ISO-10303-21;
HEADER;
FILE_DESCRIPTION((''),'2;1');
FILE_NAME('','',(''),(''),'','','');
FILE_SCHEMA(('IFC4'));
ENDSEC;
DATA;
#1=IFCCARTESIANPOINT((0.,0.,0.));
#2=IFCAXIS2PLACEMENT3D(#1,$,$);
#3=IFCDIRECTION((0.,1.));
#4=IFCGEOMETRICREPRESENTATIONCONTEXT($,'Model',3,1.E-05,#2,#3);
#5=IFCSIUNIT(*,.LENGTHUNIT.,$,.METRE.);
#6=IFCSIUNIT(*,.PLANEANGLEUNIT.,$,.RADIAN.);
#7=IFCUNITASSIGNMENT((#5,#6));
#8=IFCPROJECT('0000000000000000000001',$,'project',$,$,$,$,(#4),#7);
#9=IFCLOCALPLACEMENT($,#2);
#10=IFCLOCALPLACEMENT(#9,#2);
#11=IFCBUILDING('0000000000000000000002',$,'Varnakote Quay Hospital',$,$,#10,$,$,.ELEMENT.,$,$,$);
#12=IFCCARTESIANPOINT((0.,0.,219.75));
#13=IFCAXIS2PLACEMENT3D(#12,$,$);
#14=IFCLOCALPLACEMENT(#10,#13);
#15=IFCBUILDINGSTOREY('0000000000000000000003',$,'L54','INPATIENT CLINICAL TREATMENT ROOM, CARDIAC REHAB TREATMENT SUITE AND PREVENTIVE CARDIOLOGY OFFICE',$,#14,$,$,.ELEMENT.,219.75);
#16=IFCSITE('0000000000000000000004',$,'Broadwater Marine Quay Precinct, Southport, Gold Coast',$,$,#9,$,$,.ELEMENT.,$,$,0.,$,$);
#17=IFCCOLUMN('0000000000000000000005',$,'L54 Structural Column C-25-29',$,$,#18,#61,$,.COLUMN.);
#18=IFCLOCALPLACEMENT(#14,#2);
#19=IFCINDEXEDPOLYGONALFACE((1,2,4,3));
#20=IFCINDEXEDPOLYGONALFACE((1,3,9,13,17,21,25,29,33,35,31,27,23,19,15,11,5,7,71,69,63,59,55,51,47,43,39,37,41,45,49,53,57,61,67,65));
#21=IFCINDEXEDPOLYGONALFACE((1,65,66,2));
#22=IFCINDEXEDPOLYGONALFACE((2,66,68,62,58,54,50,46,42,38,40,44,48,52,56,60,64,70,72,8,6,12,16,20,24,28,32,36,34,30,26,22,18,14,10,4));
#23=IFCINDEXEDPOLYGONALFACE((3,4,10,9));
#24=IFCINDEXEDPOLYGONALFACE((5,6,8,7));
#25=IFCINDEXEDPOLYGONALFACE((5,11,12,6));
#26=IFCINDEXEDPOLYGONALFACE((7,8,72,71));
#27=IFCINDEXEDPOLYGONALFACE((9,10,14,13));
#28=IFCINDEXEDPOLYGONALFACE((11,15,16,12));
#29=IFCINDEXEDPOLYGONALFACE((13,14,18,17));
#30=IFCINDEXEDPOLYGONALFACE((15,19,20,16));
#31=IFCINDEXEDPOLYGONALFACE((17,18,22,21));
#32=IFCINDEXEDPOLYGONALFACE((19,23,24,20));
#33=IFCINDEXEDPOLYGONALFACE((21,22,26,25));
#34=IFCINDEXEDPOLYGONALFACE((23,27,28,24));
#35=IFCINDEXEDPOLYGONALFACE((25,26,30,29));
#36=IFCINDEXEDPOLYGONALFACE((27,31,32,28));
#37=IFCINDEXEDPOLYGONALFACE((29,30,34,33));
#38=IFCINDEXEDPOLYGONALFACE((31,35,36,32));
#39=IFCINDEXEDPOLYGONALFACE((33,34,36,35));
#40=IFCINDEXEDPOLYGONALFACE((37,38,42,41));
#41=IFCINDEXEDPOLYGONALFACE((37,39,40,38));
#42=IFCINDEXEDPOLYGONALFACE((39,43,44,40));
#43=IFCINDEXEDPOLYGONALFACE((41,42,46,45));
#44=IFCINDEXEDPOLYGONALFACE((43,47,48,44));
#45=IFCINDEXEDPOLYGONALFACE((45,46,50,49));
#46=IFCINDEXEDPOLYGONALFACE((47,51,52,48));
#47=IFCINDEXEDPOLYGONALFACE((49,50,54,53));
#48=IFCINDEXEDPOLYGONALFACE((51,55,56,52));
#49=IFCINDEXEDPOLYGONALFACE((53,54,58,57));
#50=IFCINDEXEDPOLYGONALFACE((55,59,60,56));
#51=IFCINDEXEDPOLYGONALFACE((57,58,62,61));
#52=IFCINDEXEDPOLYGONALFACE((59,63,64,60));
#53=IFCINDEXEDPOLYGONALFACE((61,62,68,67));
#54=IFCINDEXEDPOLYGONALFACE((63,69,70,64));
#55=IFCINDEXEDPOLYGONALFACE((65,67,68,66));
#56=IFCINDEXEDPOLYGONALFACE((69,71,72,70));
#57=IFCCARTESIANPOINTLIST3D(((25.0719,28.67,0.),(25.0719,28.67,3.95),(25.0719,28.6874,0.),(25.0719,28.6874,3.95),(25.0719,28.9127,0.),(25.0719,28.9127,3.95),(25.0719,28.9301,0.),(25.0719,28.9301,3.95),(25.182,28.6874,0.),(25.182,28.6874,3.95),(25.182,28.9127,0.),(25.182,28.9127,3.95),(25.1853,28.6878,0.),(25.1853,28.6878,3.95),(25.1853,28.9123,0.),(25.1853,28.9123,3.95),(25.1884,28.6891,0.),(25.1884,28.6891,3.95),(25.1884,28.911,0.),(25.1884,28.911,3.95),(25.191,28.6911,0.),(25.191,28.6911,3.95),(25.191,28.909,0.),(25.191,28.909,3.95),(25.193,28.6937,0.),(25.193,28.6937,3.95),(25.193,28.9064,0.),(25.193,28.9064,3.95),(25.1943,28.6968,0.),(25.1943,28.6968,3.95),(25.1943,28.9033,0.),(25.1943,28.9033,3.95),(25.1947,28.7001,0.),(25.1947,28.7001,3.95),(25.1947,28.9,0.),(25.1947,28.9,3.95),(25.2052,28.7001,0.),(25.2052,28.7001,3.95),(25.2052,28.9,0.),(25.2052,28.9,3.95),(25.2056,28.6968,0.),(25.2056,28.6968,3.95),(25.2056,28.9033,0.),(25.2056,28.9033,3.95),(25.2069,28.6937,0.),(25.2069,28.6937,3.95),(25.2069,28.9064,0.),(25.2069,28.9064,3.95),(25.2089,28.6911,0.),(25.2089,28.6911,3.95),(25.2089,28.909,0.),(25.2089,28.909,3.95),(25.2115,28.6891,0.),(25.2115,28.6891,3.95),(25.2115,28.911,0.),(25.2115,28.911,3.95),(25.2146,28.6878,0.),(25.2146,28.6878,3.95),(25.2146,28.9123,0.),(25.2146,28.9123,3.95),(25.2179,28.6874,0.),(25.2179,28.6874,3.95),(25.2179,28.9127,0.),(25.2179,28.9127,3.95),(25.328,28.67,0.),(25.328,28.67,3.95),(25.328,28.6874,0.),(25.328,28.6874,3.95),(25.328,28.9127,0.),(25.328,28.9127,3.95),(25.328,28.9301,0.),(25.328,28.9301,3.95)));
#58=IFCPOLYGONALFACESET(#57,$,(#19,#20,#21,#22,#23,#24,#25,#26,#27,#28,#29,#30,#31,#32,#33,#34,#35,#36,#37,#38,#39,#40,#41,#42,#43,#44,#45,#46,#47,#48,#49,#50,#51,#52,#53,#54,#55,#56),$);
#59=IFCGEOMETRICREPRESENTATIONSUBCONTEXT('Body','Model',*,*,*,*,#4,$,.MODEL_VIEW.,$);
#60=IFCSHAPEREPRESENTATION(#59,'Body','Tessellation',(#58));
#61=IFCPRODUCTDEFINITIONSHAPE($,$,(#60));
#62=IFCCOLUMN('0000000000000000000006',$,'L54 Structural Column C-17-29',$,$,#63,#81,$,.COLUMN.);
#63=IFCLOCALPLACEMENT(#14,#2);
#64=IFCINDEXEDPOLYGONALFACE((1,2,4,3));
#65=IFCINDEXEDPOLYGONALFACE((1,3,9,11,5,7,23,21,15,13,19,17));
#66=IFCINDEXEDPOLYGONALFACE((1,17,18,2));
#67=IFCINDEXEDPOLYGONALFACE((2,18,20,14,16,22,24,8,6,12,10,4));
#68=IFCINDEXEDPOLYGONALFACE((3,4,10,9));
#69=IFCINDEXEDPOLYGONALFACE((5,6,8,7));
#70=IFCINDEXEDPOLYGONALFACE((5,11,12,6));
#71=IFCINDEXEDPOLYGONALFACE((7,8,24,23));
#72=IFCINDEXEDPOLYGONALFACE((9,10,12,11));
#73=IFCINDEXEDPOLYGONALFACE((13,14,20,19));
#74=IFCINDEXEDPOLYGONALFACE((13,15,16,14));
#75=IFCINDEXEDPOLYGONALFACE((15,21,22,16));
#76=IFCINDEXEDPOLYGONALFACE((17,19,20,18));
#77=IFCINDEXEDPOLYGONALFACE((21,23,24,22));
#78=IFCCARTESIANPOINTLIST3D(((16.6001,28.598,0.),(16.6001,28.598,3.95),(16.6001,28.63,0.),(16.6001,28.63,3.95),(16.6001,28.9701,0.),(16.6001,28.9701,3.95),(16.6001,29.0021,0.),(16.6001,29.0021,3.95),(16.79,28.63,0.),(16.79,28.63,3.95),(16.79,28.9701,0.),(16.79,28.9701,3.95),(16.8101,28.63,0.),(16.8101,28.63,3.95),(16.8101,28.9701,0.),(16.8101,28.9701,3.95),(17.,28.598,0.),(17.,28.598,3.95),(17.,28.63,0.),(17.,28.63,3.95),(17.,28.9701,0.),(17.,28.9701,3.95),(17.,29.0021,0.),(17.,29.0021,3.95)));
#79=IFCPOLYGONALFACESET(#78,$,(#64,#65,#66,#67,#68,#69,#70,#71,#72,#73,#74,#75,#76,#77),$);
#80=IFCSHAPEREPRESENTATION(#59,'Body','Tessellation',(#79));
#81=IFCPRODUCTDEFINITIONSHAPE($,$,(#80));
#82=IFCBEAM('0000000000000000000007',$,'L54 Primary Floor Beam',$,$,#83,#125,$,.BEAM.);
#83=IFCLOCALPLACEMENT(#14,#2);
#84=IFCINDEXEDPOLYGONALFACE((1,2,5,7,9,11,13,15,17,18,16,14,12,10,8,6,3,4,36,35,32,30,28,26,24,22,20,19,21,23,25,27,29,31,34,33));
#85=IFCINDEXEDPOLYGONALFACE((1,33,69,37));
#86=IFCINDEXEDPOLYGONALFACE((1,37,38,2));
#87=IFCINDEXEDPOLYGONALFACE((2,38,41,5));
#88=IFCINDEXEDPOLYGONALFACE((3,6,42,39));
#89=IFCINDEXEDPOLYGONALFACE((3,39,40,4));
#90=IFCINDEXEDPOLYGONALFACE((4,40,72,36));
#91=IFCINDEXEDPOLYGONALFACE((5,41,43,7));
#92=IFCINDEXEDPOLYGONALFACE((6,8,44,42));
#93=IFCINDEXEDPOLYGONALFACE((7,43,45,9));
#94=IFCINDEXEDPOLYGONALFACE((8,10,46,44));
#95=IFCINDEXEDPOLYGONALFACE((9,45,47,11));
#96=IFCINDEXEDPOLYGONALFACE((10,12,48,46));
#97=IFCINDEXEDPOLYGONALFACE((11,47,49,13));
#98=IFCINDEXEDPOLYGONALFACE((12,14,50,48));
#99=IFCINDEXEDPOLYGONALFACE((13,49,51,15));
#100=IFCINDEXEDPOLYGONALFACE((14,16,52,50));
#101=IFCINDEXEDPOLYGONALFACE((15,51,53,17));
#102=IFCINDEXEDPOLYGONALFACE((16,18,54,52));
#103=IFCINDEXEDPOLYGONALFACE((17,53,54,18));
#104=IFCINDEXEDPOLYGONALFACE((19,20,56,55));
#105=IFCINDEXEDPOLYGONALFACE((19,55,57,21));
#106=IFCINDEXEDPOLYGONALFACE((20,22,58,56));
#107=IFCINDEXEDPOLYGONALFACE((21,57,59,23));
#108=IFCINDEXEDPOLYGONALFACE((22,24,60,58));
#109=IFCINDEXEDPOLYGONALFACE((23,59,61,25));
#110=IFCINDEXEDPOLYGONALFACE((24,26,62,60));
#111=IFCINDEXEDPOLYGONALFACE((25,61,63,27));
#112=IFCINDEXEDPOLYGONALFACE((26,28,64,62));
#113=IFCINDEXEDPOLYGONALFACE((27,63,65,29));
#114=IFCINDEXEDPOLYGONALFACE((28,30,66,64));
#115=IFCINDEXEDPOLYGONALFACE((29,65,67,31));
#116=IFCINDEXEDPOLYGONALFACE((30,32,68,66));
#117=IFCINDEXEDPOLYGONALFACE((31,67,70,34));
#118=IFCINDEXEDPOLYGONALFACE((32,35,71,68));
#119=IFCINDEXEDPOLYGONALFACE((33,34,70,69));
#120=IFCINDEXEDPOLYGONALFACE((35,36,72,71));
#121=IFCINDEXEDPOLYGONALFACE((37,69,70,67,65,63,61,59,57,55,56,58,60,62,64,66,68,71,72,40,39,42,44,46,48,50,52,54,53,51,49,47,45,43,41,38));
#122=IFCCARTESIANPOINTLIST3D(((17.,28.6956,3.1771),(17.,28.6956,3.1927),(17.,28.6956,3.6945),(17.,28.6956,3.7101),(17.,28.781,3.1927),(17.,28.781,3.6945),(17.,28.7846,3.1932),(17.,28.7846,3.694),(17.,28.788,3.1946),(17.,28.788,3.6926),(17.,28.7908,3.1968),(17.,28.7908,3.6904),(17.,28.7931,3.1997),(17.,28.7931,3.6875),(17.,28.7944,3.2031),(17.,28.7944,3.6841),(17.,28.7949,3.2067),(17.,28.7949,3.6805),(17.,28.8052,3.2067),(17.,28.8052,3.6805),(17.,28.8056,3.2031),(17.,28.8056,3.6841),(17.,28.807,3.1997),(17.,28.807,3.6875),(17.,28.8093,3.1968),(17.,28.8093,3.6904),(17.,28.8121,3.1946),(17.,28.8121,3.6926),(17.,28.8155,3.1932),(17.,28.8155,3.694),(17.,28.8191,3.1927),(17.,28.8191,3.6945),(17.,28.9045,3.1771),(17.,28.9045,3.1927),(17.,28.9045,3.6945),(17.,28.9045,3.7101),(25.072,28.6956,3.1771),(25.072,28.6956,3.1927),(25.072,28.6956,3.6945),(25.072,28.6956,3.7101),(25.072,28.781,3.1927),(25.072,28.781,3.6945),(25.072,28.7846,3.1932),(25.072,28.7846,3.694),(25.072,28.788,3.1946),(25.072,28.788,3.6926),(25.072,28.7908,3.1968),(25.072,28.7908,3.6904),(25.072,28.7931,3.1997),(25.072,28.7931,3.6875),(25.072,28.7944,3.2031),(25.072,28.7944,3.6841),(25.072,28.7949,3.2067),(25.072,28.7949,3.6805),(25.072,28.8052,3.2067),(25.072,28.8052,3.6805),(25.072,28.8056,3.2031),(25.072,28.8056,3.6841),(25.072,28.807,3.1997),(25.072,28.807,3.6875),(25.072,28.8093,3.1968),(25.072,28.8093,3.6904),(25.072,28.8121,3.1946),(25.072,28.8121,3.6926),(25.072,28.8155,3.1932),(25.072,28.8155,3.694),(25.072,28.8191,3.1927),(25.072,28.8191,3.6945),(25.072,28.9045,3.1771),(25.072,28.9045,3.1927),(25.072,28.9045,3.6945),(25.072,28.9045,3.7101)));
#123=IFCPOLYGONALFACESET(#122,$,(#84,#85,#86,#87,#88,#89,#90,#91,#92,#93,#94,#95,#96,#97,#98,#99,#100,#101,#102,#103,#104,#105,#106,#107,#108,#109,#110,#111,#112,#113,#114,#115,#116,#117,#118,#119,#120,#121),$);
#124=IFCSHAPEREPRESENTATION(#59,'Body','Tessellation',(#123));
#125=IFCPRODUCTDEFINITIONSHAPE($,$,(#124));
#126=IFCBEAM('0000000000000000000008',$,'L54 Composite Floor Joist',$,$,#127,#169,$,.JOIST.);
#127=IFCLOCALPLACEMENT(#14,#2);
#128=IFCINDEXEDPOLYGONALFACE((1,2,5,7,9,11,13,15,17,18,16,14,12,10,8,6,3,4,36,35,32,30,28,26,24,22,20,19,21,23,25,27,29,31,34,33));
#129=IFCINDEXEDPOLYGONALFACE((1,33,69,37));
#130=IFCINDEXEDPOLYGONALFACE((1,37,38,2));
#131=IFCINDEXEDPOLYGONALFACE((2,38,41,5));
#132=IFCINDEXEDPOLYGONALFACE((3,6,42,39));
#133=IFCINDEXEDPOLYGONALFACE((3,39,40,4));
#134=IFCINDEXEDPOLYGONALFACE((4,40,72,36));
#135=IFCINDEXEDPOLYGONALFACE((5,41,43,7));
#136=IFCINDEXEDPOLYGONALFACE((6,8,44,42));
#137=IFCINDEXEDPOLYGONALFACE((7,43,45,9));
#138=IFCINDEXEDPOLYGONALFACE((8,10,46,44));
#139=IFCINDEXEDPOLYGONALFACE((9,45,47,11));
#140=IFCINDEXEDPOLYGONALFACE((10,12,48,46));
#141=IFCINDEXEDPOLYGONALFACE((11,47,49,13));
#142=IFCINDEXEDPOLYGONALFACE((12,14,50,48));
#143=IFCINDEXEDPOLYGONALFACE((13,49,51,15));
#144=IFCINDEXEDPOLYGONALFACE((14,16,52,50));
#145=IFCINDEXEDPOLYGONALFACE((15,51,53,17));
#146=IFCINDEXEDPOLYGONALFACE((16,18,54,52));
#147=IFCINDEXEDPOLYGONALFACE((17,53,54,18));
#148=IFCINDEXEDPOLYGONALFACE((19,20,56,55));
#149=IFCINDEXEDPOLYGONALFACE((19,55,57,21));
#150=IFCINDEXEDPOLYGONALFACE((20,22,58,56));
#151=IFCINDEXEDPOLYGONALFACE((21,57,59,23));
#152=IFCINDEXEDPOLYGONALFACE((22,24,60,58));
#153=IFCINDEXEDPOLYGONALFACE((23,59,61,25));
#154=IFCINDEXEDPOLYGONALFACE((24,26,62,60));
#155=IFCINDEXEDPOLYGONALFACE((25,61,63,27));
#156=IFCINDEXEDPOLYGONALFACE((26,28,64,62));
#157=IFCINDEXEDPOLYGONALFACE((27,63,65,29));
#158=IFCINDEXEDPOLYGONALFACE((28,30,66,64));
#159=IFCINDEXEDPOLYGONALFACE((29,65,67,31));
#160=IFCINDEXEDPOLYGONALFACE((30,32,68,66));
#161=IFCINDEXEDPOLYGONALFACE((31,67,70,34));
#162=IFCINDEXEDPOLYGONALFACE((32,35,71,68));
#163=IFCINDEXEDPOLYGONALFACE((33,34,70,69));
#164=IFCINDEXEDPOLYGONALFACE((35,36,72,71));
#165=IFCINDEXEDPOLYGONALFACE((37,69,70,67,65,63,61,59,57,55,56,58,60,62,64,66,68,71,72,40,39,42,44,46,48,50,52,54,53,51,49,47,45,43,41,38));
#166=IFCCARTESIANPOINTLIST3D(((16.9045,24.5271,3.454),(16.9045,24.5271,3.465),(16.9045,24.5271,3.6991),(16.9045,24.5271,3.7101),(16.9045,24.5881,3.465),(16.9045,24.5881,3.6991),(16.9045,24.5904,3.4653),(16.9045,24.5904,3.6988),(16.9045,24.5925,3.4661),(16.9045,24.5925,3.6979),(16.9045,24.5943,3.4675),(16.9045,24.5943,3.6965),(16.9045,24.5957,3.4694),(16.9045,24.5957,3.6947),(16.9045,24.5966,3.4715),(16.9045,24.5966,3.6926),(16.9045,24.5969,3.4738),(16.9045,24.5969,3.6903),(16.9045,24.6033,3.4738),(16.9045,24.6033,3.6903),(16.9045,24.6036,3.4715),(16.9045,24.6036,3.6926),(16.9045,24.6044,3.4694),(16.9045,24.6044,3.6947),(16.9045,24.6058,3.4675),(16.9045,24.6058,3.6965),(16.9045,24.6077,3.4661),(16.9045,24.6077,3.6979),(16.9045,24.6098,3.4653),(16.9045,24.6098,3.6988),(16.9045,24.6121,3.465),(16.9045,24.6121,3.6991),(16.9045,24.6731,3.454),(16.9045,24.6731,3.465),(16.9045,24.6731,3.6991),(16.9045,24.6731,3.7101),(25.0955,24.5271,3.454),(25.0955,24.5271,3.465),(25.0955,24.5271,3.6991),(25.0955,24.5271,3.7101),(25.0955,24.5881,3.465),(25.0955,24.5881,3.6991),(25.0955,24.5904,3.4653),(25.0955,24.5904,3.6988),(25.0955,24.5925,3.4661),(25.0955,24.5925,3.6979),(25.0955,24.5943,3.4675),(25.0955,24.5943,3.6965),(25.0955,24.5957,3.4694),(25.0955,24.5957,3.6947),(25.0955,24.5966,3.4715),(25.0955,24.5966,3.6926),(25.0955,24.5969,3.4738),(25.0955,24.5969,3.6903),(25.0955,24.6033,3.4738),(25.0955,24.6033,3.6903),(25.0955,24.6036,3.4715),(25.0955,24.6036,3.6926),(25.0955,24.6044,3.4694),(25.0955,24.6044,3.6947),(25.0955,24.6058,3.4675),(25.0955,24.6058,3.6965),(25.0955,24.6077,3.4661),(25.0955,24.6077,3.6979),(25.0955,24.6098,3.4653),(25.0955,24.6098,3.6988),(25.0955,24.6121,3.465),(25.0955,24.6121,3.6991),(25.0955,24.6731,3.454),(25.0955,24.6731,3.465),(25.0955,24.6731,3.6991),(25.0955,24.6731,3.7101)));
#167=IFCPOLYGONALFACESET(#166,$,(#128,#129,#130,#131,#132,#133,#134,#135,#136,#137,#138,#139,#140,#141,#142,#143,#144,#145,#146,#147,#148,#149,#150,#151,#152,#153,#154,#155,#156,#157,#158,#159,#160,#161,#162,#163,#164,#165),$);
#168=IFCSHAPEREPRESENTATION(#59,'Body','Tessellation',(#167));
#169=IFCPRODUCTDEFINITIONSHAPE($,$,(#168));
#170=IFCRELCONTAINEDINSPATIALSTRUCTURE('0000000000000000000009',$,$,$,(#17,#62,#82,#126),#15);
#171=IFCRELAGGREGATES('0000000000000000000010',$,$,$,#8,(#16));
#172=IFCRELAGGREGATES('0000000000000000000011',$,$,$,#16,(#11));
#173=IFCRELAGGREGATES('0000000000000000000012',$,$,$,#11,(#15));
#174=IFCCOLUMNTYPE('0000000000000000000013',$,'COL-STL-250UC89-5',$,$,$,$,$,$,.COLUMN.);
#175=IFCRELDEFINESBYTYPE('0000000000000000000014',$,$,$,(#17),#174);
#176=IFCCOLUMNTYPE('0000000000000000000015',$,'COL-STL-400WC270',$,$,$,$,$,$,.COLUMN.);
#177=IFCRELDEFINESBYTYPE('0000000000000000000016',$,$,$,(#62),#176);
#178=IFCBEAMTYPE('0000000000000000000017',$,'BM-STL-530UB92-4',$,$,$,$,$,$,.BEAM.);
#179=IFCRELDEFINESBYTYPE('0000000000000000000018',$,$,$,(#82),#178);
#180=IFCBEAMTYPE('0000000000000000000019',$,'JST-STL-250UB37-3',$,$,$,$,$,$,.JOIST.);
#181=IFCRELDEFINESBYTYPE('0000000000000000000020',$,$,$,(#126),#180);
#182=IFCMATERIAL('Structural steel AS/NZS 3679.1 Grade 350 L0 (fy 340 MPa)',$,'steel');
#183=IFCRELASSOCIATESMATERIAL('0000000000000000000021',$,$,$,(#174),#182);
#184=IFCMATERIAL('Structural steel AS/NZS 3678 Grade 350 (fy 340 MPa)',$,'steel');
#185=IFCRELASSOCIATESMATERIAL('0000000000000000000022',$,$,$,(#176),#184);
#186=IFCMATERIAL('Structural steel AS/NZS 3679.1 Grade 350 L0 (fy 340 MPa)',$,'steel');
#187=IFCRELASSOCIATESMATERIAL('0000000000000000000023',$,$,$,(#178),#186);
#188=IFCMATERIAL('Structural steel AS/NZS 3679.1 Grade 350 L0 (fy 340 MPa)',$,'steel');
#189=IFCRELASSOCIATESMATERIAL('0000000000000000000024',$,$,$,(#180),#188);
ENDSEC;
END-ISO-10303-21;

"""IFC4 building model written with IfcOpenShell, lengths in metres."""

from ifc_helpers import new_model, si_unit, direction, frame, origin, origin_2d, place, context, subcontext, project, spatial, i_section, extrude, material, material_profile, profile_set, type_object, element, save


model = new_model("IFC4")

# Units and contexts
model_context = context("Model", 3, precision=1e-05, world=origin(), true_north=direction((0.0, 1.0)))
body_context = subcontext(model_context, "Body", "Model", "MODEL_VIEW")
ifc_project = project(units=[si_unit("LENGTHUNIT", "METRE"), si_unit("PLANEANGLEUNIT", "RADIAN")], contexts=[model_context])

# Site, building, storey
site_placement = place(None, origin())
site = spatial("IfcSite", under=ifc_project, at=site_placement, Name="Broadwater Marine Quay Precinct, Southport, Gold Coast", CompositionType="ELEMENT", RefElevation=0.0)
building_placement = place(site_placement, origin())
building = spatial("IfcBuilding", under=site, at=building_placement, Name="Varnakote Quay Hospital", CompositionType="ELEMENT")
storey_placement = place(building_placement, frame((0.0, 0.0, 219.75)))
storey = spatial("IfcBuildingStorey", under=building, at=storey_placement, Name="L54", Description="INPATIENT CLINICAL TREATMENT ROOM, CARDIAC REHAB TREATMENT SUITE AND PREVENTIVE CARDIOLOGY OFFICE", CompositionType="ELEMENT", Elevation=219.75)

# Columns
ifc_material_1 = material(Name="Structural steel AS/NZS 3679.1 Grade 350 L0 (fy 340 MPa)", Category="steel")
ifc_material_profile_1 = material_profile(ifc_material_1, i_section(OverallWidth=0.2561, OverallDepth=0.26, WebThickness=0.0105, FlangeThickness=0.0173, FilletRadius=0.0127, at=origin_2d()), Name="250UC89.5")
ifc_profile_set_1 = profile_set([ifc_material_profile_1], Name="Structural steel AS/NZS 3679.1 Grade 350 L0 (fy 340 MPa)")
column_type_1 = type_object("IfcColumnType", Name="COL-STL-250UC89-5", PredefinedType="COLUMN", material=ifc_profile_set_1)
column_1_placement = place(storey_placement, frame((25.2, 28.8, 0.0), z_axis=(0.0, 0.0, 1.0), x_axis=(1.0, 0.0, 0.0)))
element("IfcColumn", 1, at=column_1_placement, inside=storey, type_object=column_type_1, Name="L54 Structural Column C-25-29", PredefinedType="COLUMN", context=body_context, shape_type="SweptSolid", body=[
    extrude(i_section(OverallWidth=0.2561, OverallDepth=0.26, WebThickness=0.0105, FlangeThickness=0.0173, FilletRadius=0.0127, at=origin_2d()), origin(), (0.0, 0.0, 1.0), 3.95),
])
ifc_material_2 = material(Name="Structural steel AS/NZS 3678 Grade 350 (fy 340 MPa)", Category="steel")
ifc_material_profile_2 = material_profile(ifc_material_2, i_section(OverallWidth=0.3999, OverallDepth=0.4041, WebThickness=0.02, FlangeThickness=0.032, at=origin_2d()), Name="400WC270")
ifc_profile_set_2 = profile_set([ifc_material_profile_2], Name="Structural steel AS/NZS 3678 Grade 350 (fy 340 MPa)")
column_type_2 = type_object("IfcColumnType", Name="COL-STL-400WC270", PredefinedType="COLUMN", material=ifc_profile_set_2)
column_2_placement = place(storey_placement, frame((16.8, 28.8, 0.0), z_axis=(0.0, 0.0, 1.0), x_axis=(1.0, 0.0, 0.0)))
element("IfcColumn", 2, at=column_2_placement, inside=storey, type_object=column_type_2, Name="L54 Structural Column C-17-29", PredefinedType="COLUMN", context=body_context, shape_type="SweptSolid", body=[
    extrude(i_section(OverallWidth=0.3999, OverallDepth=0.4041, WebThickness=0.02, FlangeThickness=0.032, at=origin_2d()), origin(), (0.0, 0.0, 1.0), 3.95),
])

# Beams
ifc_material_3 = material(Name="Structural steel AS/NZS 3679.1 Grade 350 L0 (fy 340 MPa)", Category="steel")
ifc_material_profile_3 = material_profile(ifc_material_3, i_section(OverallWidth=0.209, OverallDepth=0.533, WebThickness=0.0103, FlangeThickness=0.0156, FilletRadius=0.0139, at=origin_2d()), Name="530UB92.4")
ifc_profile_set_3 = profile_set([ifc_material_profile_3], Name="Structural steel AS/NZS 3679.1 Grade 350 L0 (fy 340 MPa)")
beam_type_1 = type_object("IfcBeamType", Name="BM-STL-530UB92-4", PredefinedType="BEAM", material=ifc_profile_set_3)
beam_1_placement = place(storey_placement, frame((17.0, 28.8, 3.4436), z_axis=(1.0, 0.0, 0.0), x_axis=(0.0, 1.0, 0.0)))
element("IfcBeam", 3, at=beam_1_placement, inside=storey, type_object=beam_type_1, Name="L54 Primary Floor Beam", PredefinedType="BEAM", context=body_context, shape_type="SweptSolid", body=[
    extrude(i_section(OverallWidth=0.209, OverallDepth=0.533, WebThickness=0.0103, FlangeThickness=0.0156, FilletRadius=0.0139, at=origin_2d()), origin(), (0.0, 0.0, 1.0), 8.072),
])
ifc_material_4 = material(Name="Structural steel AS/NZS 3679.1 Grade 350 L0 (fy 340 MPa)", Category="steel")
ifc_material_profile_4 = material_profile(ifc_material_4, i_section(OverallWidth=0.146, OverallDepth=0.2561, WebThickness=0.0063, FlangeThickness=0.011, FilletRadius=0.0088, at=origin_2d()), Name="250UB37.3")
ifc_profile_set_4 = profile_set([ifc_material_profile_4], Name="Structural steel AS/NZS 3679.1 Grade 350 L0 (fy 340 MPa)")
beam_type_2 = type_object("IfcBeamType", Name="JST-STL-250UB37-3", PredefinedType="JOIST", material=ifc_profile_set_4)
beam_2_placement = place(storey_placement, frame((16.9045, 24.6001, 3.582), z_axis=(1.0, 0.0, 0.0), x_axis=(0.0, 1.0, 0.0)))
element("IfcBeam", 4, at=beam_2_placement, inside=storey, type_object=beam_type_2, Name="L54 Composite Floor Joist", PredefinedType="JOIST", context=body_context, shape_type="SweptSolid", body=[
    extrude(i_section(OverallWidth=0.146, OverallDepth=0.2561, WebThickness=0.0063, FlangeThickness=0.011, FilletRadius=0.0088, at=origin_2d()), origin(), (0.0, 0.0, 1.0), 8.1909),
])

save(model, "model.ifc")
